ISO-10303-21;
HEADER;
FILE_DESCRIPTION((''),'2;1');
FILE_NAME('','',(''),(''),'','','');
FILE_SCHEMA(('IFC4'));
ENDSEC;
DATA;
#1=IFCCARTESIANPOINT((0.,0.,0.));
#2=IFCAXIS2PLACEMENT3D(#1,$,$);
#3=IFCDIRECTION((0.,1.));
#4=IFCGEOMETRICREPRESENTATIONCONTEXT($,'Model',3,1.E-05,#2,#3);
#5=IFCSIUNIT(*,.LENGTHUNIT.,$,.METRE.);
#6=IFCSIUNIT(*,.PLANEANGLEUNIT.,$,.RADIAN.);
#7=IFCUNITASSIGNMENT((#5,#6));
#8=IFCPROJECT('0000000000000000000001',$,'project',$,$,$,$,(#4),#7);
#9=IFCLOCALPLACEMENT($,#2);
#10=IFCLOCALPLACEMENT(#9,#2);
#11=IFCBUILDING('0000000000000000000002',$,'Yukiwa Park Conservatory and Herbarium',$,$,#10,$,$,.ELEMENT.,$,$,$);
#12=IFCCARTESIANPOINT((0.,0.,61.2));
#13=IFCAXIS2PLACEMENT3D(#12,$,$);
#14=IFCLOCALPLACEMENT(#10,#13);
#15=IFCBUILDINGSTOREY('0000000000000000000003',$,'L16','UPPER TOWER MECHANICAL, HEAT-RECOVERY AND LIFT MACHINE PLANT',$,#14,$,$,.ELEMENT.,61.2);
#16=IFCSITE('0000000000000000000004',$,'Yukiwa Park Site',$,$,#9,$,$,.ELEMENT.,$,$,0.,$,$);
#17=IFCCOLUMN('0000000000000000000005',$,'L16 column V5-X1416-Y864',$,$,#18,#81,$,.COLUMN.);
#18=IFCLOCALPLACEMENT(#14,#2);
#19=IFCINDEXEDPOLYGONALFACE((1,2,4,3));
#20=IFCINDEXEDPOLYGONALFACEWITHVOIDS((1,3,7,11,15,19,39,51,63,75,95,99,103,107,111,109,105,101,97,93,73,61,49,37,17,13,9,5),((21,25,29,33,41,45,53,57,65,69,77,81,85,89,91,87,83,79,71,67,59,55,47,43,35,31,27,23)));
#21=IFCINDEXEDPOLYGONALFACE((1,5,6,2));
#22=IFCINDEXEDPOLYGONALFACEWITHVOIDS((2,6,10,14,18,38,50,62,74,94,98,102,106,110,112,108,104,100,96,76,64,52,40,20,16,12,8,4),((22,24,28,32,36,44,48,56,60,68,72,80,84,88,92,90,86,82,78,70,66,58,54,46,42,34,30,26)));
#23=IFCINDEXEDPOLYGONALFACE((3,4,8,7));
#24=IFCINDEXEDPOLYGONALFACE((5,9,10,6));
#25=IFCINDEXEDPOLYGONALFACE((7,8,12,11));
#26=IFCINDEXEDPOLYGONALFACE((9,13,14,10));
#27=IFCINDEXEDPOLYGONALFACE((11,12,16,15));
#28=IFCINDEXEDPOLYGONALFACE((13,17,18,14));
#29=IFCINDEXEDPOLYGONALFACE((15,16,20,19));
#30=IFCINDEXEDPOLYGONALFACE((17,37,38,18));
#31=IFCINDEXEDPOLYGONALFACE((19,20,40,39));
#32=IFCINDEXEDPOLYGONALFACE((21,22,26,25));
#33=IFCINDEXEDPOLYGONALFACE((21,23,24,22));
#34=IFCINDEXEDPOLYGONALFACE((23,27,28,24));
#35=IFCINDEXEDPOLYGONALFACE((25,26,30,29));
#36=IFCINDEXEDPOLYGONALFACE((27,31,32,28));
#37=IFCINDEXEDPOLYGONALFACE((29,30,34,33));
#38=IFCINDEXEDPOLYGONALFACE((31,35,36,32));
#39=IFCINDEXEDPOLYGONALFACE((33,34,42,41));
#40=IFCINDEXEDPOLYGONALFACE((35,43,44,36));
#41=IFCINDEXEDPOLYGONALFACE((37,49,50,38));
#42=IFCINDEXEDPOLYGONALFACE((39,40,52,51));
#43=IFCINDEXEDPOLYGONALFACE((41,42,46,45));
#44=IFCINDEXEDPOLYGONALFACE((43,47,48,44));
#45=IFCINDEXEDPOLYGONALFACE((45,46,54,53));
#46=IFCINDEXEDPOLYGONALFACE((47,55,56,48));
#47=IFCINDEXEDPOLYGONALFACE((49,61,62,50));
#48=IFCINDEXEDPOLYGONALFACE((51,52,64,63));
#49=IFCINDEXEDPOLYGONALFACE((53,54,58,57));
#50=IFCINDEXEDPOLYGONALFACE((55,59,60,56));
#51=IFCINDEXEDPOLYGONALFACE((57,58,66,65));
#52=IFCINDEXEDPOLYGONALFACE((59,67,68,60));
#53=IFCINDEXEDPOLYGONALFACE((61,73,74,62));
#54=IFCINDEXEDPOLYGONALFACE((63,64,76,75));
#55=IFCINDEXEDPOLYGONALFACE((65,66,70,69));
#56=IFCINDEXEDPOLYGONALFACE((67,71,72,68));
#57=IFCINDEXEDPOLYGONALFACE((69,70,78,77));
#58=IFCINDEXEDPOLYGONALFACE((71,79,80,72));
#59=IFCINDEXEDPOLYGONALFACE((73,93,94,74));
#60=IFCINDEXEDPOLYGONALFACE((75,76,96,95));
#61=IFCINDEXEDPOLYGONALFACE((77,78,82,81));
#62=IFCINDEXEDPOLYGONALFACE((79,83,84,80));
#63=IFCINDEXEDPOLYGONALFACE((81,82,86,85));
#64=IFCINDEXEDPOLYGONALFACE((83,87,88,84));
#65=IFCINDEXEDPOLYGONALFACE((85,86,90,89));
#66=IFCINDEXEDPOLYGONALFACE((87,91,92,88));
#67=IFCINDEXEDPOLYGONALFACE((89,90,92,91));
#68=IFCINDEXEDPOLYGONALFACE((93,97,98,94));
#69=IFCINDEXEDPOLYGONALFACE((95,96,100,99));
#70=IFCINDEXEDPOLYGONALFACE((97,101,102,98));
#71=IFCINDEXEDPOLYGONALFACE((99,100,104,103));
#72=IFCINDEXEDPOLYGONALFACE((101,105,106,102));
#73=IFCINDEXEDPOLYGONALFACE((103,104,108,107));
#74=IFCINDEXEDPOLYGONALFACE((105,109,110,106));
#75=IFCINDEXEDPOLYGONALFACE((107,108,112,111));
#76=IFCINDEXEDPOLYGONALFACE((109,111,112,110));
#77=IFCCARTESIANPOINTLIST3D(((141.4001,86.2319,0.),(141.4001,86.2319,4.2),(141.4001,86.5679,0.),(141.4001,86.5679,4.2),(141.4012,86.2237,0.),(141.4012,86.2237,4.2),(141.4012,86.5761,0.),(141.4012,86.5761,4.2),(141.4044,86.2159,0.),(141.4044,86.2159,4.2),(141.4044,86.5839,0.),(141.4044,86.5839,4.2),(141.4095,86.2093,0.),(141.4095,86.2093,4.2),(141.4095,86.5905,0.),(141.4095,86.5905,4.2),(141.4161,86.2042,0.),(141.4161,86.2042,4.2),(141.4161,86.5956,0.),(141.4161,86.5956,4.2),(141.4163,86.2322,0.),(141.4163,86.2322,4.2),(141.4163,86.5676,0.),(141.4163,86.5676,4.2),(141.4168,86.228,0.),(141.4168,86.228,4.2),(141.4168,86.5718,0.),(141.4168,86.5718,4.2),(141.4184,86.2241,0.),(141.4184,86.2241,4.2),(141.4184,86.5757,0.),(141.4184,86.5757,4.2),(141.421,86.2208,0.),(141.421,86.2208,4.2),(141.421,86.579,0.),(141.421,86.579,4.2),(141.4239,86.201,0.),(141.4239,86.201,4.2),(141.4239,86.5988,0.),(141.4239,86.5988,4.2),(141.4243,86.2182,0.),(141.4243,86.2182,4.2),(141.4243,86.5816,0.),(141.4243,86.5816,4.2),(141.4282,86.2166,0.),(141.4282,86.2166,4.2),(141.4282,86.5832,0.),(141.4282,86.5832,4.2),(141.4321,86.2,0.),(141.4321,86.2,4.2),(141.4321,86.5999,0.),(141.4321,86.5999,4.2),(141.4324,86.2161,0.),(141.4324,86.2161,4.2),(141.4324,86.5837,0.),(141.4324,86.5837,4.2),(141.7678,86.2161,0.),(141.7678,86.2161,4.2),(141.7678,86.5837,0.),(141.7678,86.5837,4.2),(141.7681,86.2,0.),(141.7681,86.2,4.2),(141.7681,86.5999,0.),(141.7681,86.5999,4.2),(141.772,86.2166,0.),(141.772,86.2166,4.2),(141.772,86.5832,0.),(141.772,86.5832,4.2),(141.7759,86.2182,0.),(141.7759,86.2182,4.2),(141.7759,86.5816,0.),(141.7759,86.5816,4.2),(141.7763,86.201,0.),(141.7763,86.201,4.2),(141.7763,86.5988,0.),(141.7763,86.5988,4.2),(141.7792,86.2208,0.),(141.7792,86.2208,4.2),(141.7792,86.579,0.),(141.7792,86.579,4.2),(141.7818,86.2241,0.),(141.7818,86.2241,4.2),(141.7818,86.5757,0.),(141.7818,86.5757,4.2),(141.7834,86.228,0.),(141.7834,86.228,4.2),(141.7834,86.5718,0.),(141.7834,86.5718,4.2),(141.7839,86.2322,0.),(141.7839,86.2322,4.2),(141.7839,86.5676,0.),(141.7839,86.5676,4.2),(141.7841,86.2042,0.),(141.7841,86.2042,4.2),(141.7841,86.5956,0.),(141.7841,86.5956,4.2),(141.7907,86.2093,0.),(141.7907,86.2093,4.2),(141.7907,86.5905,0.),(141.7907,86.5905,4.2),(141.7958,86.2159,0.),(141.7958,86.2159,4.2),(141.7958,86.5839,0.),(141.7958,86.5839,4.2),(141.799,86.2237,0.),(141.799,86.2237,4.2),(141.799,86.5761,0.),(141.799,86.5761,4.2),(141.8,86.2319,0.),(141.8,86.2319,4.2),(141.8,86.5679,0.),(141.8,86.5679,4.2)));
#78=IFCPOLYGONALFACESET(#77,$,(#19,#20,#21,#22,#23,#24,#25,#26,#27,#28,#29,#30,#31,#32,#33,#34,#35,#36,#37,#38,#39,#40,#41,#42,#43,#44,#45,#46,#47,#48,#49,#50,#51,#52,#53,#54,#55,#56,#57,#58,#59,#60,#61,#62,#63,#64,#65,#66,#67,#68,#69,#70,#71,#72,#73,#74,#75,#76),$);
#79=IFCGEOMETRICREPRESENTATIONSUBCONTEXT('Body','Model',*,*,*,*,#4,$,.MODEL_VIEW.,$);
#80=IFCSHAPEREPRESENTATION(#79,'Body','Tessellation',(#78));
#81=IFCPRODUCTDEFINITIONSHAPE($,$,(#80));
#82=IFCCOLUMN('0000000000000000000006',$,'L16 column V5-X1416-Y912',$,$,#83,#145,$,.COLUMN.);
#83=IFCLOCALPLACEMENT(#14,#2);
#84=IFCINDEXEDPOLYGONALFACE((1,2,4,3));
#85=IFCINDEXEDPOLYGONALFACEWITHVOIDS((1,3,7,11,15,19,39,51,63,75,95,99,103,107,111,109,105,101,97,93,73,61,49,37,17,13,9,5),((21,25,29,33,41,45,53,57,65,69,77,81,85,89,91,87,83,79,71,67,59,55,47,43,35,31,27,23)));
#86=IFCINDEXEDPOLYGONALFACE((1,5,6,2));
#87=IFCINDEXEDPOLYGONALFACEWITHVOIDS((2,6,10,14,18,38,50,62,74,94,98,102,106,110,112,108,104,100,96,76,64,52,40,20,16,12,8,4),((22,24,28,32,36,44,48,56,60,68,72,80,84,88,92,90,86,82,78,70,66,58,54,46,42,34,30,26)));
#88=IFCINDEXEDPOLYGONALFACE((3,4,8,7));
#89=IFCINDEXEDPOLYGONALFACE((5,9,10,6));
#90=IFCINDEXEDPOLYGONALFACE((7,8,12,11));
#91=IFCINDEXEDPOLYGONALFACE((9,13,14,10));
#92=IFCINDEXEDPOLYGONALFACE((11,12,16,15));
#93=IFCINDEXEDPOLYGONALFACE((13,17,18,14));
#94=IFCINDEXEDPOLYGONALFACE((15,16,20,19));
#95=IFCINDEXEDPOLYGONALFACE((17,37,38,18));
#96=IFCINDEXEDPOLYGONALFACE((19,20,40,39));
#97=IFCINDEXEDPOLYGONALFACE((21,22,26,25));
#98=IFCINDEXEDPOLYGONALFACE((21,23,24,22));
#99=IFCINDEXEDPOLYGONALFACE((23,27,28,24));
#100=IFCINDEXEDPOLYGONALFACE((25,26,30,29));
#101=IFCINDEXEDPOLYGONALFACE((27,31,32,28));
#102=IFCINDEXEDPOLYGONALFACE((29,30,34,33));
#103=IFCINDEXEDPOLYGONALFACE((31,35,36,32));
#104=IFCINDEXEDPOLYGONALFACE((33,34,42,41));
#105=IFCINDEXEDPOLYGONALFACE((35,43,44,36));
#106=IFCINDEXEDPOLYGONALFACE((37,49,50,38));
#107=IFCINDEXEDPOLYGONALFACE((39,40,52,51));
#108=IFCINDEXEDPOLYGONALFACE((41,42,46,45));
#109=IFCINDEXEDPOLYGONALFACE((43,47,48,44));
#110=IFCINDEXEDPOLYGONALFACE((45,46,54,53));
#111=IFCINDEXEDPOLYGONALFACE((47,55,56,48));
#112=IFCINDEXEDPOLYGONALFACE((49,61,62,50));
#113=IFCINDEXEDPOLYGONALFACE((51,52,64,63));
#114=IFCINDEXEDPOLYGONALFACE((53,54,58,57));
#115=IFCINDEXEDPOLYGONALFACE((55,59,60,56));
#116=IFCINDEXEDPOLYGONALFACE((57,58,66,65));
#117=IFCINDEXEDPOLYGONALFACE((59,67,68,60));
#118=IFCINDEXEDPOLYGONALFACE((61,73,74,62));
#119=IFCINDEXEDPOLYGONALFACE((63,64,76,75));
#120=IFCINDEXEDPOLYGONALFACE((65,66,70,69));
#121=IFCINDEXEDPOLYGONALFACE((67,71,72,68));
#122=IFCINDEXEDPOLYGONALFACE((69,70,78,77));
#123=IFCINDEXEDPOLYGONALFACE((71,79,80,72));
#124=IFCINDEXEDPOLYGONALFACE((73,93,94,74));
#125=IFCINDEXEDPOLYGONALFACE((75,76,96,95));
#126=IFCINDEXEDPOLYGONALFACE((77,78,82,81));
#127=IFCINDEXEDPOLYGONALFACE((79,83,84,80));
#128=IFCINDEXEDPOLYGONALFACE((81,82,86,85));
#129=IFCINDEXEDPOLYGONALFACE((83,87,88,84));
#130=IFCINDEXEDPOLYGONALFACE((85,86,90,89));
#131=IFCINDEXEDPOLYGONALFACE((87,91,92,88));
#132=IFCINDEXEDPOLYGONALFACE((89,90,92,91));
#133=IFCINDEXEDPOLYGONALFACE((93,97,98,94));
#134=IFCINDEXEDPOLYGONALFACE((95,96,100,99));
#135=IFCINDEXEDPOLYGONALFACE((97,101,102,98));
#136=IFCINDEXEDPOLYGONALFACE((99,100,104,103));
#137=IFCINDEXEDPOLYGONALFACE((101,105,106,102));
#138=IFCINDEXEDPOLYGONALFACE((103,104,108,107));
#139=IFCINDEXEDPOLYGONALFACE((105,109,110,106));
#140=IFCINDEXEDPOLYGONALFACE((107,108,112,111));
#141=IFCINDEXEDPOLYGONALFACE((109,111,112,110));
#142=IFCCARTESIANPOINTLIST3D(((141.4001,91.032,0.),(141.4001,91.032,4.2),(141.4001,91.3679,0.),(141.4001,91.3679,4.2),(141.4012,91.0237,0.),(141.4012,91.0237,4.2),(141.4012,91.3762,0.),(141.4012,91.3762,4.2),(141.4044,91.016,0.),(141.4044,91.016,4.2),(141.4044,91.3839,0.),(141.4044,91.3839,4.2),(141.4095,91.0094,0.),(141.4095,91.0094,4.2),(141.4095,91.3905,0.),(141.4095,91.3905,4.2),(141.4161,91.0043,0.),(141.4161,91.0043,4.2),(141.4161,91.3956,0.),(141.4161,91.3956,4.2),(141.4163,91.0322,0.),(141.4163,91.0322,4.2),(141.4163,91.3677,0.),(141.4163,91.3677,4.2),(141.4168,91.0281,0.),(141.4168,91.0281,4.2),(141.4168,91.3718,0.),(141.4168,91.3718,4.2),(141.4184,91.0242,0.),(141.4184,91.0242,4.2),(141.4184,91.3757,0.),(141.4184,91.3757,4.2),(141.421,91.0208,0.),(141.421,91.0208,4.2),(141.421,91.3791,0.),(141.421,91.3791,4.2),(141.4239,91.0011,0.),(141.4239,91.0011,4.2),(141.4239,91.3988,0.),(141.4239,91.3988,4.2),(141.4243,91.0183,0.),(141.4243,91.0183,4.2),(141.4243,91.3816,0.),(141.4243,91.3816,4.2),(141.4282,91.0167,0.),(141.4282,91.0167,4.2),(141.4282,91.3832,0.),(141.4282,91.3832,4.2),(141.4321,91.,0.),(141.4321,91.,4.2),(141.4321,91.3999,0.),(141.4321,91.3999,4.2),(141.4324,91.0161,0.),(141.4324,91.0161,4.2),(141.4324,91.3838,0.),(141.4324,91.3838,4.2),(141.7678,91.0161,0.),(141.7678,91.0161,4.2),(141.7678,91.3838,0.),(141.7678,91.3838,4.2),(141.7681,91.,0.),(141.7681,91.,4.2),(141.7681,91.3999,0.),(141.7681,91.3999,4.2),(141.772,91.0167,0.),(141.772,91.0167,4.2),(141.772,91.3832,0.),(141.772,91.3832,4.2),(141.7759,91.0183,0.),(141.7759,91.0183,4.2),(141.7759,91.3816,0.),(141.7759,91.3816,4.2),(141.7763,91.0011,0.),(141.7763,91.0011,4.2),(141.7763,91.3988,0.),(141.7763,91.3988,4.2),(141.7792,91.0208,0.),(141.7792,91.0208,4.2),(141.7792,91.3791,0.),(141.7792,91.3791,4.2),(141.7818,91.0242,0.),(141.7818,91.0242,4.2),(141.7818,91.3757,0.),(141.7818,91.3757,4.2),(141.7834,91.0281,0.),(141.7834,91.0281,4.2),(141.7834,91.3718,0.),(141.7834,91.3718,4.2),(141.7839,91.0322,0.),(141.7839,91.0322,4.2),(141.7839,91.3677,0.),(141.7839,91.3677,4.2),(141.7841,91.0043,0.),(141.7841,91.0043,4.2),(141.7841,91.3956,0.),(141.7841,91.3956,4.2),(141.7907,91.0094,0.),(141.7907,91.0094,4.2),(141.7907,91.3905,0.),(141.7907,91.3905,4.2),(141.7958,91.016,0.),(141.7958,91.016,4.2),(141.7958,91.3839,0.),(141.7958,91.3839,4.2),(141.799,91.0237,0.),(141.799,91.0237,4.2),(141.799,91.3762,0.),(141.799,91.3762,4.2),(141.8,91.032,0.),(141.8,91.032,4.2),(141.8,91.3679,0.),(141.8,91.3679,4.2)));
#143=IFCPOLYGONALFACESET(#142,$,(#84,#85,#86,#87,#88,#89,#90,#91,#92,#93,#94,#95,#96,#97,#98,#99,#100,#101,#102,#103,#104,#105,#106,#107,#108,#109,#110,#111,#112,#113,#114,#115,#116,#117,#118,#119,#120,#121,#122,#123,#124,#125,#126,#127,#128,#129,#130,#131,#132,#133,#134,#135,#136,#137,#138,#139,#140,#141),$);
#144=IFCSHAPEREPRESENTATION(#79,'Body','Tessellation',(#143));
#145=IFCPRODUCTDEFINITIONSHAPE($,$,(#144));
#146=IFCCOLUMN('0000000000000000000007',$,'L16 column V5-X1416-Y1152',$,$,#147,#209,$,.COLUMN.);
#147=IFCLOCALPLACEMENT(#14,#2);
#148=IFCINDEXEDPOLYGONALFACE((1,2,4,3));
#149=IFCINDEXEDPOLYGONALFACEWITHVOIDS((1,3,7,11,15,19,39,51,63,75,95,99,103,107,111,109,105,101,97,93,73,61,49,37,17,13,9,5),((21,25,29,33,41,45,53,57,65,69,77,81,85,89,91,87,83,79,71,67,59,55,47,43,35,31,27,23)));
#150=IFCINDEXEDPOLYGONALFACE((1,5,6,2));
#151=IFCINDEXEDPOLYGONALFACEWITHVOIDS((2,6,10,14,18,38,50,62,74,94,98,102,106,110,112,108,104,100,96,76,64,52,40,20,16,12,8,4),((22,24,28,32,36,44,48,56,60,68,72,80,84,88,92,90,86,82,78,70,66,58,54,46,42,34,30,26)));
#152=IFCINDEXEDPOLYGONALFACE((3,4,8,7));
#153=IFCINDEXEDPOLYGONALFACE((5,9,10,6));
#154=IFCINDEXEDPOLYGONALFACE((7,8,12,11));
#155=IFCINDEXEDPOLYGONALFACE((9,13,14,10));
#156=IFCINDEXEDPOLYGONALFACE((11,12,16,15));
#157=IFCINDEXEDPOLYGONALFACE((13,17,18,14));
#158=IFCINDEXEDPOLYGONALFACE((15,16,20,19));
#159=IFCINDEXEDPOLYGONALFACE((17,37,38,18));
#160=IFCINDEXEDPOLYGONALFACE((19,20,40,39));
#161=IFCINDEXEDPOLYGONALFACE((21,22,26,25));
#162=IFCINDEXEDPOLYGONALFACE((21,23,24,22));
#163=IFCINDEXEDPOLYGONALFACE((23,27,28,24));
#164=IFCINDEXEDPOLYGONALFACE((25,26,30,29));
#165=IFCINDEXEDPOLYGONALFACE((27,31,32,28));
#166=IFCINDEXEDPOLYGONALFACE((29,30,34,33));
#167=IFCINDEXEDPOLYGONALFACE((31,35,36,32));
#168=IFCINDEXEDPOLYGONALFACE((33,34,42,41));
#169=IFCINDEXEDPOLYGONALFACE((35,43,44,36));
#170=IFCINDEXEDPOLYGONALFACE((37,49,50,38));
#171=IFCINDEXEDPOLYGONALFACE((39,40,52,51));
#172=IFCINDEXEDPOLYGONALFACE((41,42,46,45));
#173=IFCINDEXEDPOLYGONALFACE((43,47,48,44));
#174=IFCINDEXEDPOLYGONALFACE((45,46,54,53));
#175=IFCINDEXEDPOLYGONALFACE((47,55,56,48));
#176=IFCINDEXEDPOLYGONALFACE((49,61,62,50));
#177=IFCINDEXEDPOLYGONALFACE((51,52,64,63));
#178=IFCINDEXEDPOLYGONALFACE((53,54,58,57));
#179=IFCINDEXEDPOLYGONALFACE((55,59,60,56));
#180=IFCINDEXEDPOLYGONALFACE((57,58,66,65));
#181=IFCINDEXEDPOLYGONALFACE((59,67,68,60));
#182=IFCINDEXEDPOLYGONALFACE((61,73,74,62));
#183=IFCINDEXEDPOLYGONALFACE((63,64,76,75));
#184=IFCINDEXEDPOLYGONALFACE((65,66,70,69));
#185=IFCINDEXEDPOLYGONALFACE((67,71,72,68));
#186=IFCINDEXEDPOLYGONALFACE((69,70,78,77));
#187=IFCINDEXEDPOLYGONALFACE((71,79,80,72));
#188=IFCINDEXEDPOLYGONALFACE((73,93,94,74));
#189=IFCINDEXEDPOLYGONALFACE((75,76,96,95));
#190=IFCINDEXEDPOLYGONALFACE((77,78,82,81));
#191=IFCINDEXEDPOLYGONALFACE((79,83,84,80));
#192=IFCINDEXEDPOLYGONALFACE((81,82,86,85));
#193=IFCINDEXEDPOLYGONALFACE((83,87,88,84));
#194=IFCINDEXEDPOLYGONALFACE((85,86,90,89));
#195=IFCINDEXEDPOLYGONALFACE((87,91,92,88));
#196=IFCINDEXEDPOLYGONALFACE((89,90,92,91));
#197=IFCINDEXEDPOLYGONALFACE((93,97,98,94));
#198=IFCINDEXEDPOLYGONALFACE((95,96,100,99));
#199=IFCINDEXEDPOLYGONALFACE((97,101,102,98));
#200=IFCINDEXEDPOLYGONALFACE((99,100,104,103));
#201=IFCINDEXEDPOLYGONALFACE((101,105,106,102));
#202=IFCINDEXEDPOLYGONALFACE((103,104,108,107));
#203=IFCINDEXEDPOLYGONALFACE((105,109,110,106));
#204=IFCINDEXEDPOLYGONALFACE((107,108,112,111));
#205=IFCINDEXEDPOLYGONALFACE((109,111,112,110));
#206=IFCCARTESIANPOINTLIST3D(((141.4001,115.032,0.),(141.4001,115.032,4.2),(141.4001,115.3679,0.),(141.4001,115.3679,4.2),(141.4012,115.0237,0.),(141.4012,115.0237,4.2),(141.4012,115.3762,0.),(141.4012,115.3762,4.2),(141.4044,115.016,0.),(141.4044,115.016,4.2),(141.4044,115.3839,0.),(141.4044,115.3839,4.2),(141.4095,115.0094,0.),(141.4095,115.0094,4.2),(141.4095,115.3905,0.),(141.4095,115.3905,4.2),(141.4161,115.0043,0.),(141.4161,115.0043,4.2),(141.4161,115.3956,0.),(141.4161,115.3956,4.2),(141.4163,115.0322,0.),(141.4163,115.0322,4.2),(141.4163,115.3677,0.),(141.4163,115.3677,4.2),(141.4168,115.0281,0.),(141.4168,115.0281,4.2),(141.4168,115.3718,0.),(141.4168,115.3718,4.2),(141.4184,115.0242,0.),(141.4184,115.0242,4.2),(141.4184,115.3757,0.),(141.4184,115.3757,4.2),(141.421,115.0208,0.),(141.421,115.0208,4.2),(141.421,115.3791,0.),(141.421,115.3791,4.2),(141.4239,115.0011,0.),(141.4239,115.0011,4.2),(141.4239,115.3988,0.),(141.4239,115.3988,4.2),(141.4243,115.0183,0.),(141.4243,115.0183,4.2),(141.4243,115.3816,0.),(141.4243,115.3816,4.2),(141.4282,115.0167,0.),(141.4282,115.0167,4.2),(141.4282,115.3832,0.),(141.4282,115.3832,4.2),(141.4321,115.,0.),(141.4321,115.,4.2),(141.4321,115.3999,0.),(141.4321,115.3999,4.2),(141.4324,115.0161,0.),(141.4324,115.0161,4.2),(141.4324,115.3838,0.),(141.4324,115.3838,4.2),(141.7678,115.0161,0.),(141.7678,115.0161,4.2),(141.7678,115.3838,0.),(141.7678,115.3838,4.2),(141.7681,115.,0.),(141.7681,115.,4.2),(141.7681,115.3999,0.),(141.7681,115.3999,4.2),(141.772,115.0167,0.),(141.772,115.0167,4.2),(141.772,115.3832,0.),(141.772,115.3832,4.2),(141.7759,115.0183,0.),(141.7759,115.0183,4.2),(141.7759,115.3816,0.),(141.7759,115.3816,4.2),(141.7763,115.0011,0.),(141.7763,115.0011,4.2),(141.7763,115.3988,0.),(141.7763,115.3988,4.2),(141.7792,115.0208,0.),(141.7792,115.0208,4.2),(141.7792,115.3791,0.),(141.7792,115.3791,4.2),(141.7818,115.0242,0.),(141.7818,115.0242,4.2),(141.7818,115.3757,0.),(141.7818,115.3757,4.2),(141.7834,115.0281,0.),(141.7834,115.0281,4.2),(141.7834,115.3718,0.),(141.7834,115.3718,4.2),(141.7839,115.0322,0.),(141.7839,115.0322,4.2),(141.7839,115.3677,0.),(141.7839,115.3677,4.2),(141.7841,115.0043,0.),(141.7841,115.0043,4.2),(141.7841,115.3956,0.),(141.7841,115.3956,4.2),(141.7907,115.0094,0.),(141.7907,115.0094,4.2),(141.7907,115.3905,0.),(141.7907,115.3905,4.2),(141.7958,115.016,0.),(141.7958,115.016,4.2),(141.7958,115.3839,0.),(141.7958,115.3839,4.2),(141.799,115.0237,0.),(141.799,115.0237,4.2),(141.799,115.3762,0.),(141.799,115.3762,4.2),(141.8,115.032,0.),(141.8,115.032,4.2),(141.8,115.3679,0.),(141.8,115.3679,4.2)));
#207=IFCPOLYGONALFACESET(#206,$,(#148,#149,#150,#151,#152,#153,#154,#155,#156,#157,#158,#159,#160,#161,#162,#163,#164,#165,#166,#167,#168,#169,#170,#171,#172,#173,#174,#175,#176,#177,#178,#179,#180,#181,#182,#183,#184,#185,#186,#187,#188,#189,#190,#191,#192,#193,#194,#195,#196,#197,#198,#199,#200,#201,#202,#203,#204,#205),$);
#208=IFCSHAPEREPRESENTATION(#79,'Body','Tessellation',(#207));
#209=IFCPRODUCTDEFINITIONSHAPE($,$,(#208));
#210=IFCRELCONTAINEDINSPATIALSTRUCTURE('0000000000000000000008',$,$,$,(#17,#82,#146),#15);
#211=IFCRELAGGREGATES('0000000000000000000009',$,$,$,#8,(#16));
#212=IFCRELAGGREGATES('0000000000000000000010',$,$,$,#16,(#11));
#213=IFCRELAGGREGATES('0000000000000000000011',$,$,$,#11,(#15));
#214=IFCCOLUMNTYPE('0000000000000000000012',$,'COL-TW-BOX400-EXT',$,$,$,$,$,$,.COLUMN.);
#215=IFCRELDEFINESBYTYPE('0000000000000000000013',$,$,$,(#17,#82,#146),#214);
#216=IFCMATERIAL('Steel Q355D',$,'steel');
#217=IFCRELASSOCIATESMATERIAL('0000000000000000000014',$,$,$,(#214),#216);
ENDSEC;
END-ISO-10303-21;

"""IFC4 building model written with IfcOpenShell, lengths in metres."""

from ifc_helpers import new_model, si_unit, direction, frame, origin, origin_2d, place, context, subcontext, project, spatial, hollow_rectangle, extrude, material, material_profile, profile_set, type_object, element, save


model = new_model("IFC4")

# Units and contexts
model_context = context("Model", 3, precision=1e-05, world=origin(), true_north=direction((0.0, 1.0)))
body_context = subcontext(model_context, "Body", "Model", "MODEL_VIEW")
ifc_project = project(units=[si_unit("LENGTHUNIT", "METRE"), si_unit("PLANEANGLEUNIT", "RADIAN")], contexts=[model_context])

# Site, building, storey
site_placement = place(None, origin())
site = spatial("IfcSite", under=ifc_project, at=site_placement, Name="Yukiwa Park Site", CompositionType="ELEMENT", RefElevation=0.0)
building_placement = place(site_placement, origin())
building = spatial("IfcBuilding", under=site, at=building_placement, Name="Yukiwa Park Conservatory and Herbarium", CompositionType="ELEMENT")
storey_placement = place(building_placement, frame((0.0, 0.0, 61.2)))
storey = spatial("IfcBuildingStorey", under=building, at=storey_placement, Name="L16", Description="UPPER TOWER MECHANICAL, HEAT-RECOVERY AND LIFT MACHINE PLANT", CompositionType="ELEMENT", Elevation=61.2)

# Columns
ifc_material_1 = material(Name="Steel Q355D", Category="steel")
ifc_material_profile_1 = material_profile(ifc_material_1, hollow_rectangle(XDim=0.3999, YDim=0.3999, WallThickness=0.0161, InnerFilletRadius=0.0161, OuterFilletRadius=0.032, at=origin_2d()), Name="BOX 400x400x16")
ifc_profile_set_1 = profile_set([ifc_material_profile_1], Name="Steel Q355D")
column_type_1 = type_object("IfcColumnType", Name="COL-TW-BOX400-EXT", PredefinedType="COLUMN", material=ifc_profile_set_1)
for number, where, z_axis, x_axis, name in (
    (1, (141.6001, 86.3999, 0.0), (0.0, 0.0, 1.0), (1.0, 0.0, 0.0), "L16 column V5-X1416-Y864"),
    (2, (141.6001, 91.2, 0.0), (0.0, 0.0, 1.0), (1.0, 0.0, 0.0), "L16 column V5-X1416-Y912"),
    (3, (141.6001, 115.2, 0.0), (0.0, 0.0, 1.0), (1.0, 0.0, 0.0), "L16 column V5-X1416-Y1152"),
):
    element("IfcColumn", number, at=place(storey_placement, frame(where, z_axis=z_axis, x_axis=x_axis)), inside=storey, type_object=column_type_1, Name=name, PredefinedType="COLUMN", context=body_context, shape_type="SweptSolid", body=[
        extrude(hollow_rectangle(XDim=0.3999, YDim=0.3999, WallThickness=0.0161, InnerFilletRadius=0.0161, OuterFilletRadius=0.032, at=origin_2d()), origin(), (0.0, 0.0, 1.0), 4.2),
    ])

save(model, "model.ifc")
